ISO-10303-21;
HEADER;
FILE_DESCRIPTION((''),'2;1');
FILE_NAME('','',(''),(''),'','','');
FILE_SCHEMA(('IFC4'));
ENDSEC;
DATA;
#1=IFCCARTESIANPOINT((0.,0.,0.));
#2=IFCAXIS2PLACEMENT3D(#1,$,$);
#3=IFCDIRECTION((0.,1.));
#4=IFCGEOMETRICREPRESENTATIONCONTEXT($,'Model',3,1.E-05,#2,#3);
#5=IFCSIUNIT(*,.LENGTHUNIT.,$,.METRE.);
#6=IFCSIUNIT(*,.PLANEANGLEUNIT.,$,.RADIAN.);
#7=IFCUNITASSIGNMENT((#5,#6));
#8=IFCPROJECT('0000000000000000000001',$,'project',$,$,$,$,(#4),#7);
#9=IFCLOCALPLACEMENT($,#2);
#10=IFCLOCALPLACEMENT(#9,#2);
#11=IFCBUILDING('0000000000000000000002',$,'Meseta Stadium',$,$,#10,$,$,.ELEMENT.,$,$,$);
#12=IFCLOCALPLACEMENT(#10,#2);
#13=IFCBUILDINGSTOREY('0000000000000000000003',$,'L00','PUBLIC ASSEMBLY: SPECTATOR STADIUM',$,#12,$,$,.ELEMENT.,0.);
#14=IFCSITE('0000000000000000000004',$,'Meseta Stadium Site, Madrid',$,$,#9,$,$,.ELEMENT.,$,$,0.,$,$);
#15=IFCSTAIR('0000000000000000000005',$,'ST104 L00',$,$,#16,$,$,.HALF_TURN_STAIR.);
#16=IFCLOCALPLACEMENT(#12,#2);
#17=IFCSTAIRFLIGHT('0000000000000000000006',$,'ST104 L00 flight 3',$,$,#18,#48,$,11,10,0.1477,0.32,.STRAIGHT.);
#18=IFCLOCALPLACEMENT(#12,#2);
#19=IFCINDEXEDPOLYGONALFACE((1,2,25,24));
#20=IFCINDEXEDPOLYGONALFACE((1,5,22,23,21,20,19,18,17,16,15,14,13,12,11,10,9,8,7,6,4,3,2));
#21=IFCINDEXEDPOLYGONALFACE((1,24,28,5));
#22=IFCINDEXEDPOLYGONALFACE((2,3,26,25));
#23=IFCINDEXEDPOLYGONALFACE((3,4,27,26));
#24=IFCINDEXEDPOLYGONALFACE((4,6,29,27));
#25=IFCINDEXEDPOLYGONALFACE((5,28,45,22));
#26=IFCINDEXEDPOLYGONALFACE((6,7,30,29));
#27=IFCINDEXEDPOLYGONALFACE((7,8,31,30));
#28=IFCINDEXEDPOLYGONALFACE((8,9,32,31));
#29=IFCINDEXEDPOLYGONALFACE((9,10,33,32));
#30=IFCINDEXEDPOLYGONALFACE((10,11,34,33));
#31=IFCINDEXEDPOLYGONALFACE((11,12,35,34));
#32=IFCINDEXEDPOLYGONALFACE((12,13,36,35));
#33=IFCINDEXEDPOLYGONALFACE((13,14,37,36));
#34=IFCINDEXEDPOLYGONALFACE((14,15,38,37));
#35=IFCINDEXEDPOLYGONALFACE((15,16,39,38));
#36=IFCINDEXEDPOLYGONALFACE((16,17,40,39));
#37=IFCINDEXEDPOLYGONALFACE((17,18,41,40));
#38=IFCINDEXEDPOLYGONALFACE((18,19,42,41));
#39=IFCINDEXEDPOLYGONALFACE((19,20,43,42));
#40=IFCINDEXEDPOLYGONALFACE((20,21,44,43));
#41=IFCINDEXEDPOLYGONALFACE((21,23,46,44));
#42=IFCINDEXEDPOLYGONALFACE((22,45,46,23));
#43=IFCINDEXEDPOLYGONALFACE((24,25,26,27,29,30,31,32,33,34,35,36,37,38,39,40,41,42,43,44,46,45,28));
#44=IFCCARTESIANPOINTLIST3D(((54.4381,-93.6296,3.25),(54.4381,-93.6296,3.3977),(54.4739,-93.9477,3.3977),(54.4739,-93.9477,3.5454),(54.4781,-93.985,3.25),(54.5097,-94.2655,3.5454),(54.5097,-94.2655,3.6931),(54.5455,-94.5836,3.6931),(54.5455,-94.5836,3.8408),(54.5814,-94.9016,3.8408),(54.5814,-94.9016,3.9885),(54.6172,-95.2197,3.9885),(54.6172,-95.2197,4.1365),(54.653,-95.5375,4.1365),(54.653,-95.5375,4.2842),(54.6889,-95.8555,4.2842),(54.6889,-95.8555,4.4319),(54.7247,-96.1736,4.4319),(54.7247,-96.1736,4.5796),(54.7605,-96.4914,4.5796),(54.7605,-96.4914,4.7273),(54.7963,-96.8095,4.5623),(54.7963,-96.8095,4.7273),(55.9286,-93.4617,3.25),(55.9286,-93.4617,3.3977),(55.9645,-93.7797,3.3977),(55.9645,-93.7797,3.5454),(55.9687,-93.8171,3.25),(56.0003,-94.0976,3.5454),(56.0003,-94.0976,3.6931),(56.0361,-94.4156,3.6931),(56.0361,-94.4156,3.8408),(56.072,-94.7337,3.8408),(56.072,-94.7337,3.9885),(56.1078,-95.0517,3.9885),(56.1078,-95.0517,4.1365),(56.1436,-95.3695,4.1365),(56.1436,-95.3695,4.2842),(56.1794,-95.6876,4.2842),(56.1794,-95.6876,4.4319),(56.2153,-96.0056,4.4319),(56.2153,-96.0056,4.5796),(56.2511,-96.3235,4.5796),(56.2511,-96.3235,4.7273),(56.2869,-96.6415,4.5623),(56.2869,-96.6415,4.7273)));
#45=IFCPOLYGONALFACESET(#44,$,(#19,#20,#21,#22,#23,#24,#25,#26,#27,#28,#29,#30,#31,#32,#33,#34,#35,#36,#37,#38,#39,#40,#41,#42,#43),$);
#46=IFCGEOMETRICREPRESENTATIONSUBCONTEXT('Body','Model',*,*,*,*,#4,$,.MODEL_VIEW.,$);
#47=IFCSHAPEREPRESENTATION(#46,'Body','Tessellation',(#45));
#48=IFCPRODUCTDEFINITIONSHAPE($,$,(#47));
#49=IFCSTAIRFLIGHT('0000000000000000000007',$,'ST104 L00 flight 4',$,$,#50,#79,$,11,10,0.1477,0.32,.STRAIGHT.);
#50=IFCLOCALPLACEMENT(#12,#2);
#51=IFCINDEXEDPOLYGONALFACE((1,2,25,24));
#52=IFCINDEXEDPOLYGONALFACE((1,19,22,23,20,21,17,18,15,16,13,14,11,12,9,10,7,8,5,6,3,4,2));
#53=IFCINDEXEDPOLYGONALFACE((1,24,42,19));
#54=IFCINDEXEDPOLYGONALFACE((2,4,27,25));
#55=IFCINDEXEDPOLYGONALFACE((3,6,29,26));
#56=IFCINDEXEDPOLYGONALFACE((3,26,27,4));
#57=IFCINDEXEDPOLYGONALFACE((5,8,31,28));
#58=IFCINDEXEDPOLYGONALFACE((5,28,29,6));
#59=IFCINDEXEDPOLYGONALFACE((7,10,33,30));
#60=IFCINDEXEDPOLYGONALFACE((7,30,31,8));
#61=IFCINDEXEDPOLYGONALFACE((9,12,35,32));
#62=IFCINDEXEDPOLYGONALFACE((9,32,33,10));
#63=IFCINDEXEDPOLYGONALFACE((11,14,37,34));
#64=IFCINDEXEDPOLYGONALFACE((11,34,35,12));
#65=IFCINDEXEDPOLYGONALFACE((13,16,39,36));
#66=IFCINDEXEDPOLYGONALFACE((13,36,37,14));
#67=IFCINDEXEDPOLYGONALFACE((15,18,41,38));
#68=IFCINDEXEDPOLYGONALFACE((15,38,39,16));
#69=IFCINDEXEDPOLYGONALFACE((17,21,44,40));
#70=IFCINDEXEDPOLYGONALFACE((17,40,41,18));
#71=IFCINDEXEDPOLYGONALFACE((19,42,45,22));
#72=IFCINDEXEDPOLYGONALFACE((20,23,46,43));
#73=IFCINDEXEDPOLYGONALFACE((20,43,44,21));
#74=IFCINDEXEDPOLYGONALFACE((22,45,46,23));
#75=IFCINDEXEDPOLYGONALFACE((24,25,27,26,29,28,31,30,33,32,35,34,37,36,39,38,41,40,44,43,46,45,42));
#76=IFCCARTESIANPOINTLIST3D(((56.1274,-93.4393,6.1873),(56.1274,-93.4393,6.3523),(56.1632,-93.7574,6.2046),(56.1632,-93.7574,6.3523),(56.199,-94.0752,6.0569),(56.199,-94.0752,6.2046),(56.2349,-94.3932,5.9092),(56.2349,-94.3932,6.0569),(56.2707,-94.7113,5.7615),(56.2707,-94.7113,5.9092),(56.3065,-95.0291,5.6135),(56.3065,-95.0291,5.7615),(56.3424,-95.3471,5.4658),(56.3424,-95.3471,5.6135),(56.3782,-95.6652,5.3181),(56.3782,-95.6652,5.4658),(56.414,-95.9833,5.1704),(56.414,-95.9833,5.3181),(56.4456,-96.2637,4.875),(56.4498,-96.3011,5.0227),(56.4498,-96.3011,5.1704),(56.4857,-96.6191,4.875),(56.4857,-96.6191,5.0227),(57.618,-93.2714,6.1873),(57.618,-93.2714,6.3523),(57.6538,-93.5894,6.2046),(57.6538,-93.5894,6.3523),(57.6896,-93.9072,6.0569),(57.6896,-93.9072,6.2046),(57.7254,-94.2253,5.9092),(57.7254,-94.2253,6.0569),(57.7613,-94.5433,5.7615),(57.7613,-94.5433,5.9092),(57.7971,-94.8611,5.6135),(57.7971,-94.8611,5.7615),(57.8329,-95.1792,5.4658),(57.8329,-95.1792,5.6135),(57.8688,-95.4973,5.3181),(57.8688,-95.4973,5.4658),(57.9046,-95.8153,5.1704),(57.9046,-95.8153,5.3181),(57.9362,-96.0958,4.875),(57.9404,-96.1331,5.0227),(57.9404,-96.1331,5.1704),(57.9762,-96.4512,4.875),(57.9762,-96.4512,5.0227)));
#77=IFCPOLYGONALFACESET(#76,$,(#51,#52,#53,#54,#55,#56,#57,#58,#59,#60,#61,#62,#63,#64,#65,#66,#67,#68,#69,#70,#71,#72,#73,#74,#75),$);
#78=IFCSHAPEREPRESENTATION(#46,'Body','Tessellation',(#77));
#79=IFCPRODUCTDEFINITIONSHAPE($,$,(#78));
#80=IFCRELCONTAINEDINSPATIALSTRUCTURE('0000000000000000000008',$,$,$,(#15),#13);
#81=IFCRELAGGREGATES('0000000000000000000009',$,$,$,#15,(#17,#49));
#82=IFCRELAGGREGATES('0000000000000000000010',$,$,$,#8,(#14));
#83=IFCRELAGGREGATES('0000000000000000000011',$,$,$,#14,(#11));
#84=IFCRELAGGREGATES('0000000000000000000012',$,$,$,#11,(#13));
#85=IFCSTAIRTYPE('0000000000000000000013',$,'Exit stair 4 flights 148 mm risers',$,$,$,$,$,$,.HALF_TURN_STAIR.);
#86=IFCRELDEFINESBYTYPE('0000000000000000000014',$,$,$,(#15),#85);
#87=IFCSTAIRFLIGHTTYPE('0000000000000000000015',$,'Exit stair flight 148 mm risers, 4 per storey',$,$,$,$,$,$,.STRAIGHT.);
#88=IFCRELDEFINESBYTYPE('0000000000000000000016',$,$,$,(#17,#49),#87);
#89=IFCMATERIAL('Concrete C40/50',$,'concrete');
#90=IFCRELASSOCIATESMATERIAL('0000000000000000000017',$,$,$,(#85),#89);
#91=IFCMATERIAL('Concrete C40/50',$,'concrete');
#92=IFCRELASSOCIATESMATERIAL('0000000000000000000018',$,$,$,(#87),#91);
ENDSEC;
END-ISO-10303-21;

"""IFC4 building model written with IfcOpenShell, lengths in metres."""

from ifc_helpers import new_model, si_unit, direction, frame, origin, place, context, subcontext, project, spatial, polyline, outline, extrude, material, type_object, element, aggregate, save


model = new_model("IFC4")

# Units and contexts
model_context = context("Model", 3, precision=1e-05, world=origin(), true_north=direction((0.0, 1.0)))
body_context = subcontext(model_context, "Body", "Model", "MODEL_VIEW")
ifc_project = project(units=[si_unit("LENGTHUNIT", "METRE"), si_unit("PLANEANGLEUNIT", "RADIAN")], contexts=[model_context])

# Site, building, storey
site_placement = place(None, origin())
site = spatial("IfcSite", under=ifc_project, at=site_placement, Name="Meseta Stadium Site, Madrid", CompositionType="ELEMENT", RefElevation=0.0)
building_placement = place(site_placement, origin())
building = spatial("IfcBuilding", under=site, at=building_placement, Name="Meseta Stadium", CompositionType="ELEMENT")
storey_placement = place(building_placement, origin())
storey = spatial("IfcBuildingStorey", under=building, at=storey_placement, Name="L00", Description="PUBLIC ASSEMBLY: SPECTATOR STADIUM", CompositionType="ELEMENT", Elevation=0.0)

# Stair, stair flights
ifc_material_1 = material(Name="Concrete C40/50", Category="concrete")
stair_type = type_object("IfcStairType", Name="Exit stair 4 flights 148 mm risers", PredefinedType="HALF_TURN_STAIR", material=ifc_material_1)
ifc_material_2 = material(Name="Concrete C40/50", Category="concrete")
stair_flight_type = type_object("IfcStairFlightType", Name="Exit stair flight 148 mm risers, 4 per storey", PredefinedType="STRAIGHT", material=ifc_material_2)
stair_1_placement = place(storey_placement, origin())
stair_1 = element("IfcStair", 1, at=stair_1_placement, inside=storey, type_object=stair_type, Name="ST104 L00", PredefinedType="HALF_TURN_STAIR")
stair_flight_1_placement = place(storey_placement, frame((55.1833, -93.5457, 3.25), z_axis=(0.0, 0.0, 1.0), x_axis=(0.111964, -0.993712, 0.0)))
stair_flight_1 = element("IfcStairFlight", 2, at=stair_flight_1_placement, type_object=stair_flight_type, Name="ST104 L00 flight 3", NumberOfRisers=11, NumberOfTreads=10, PredefinedType="STRAIGHT", RiserHeight=0.1477, TreadLength=0.32, context=body_context, shape_type="SweptSolid", body=[
    extrude(outline(polyline([(0.0, 0.0), (0.0, 0.1477), (0.3201, 0.1477), (0.3201, 0.2954), (0.6399, 0.2954), (0.6399, 0.4431), (0.96, 0.4431), (0.96, 0.5908), (1.28, 0.5908), (1.28, 0.7385), (1.6001, 0.7385), (1.6001, 0.8865), (1.9199, 0.8865), (1.9199, 1.0342), (2.24, 1.0342), (2.24, 1.1819), (2.5601, 1.1819), (2.5601, 1.3296), (2.8799, 1.3296), (2.8799, 1.4773), (3.2, 1.4773), (3.2, 1.3123), (0.3577, 0.0), (0.0, 0.0)])), frame((0.0, 0.75, 0.0), z_axis=(0.0, -1.0, 0.0), x_axis=(1.0, 0.0, 0.0)), (0.0, 0.0, 1.0), 1.5),
])
stair_flight_2_placement = place(storey_placement, frame((57.231, -96.5352, 4.875), z_axis=(0.0, 0.0, 1.0), x_axis=(-0.111964, 0.993712, 0.0)))
stair_flight_2 = element("IfcStairFlight", 3, at=stair_flight_2_placement, type_object=stair_flight_type, Name="ST104 L00 flight 4", NumberOfRisers=11, NumberOfTreads=10, PredefinedType="STRAIGHT", RiserHeight=0.1477, TreadLength=0.32, context=body_context, shape_type="SweptSolid", body=[
    extrude(outline(polyline([(0.0, 0.0), (0.0, 0.1477), (0.3201, 0.1477), (0.3201, 0.2954), (0.6399, 0.2954), (0.6399, 0.4431), (0.96, 0.4431), (0.96, 0.5908), (1.28, 0.5908), (1.28, 0.7385), (1.6001, 0.7385), (1.6001, 0.8865), (1.9199, 0.8865), (1.9199, 1.0342), (2.24, 1.0342), (2.24, 1.1819), (2.5601, 1.1819), (2.5601, 1.3296), (2.8799, 1.3296), (2.8799, 1.4773), (3.2, 1.4773), (3.2, 1.3123), (0.3577, 0.0), (0.0, 0.0)])), frame((0.0, 0.75, 0.0), z_axis=(0.0, -1.0, 0.0), x_axis=(1.0, 0.0, 0.0)), (0.0, 0.0, 1.0), 1.5),
])
aggregate(stair_1, [stair_flight_1, stair_flight_2])

save(model, "model.ifc")
